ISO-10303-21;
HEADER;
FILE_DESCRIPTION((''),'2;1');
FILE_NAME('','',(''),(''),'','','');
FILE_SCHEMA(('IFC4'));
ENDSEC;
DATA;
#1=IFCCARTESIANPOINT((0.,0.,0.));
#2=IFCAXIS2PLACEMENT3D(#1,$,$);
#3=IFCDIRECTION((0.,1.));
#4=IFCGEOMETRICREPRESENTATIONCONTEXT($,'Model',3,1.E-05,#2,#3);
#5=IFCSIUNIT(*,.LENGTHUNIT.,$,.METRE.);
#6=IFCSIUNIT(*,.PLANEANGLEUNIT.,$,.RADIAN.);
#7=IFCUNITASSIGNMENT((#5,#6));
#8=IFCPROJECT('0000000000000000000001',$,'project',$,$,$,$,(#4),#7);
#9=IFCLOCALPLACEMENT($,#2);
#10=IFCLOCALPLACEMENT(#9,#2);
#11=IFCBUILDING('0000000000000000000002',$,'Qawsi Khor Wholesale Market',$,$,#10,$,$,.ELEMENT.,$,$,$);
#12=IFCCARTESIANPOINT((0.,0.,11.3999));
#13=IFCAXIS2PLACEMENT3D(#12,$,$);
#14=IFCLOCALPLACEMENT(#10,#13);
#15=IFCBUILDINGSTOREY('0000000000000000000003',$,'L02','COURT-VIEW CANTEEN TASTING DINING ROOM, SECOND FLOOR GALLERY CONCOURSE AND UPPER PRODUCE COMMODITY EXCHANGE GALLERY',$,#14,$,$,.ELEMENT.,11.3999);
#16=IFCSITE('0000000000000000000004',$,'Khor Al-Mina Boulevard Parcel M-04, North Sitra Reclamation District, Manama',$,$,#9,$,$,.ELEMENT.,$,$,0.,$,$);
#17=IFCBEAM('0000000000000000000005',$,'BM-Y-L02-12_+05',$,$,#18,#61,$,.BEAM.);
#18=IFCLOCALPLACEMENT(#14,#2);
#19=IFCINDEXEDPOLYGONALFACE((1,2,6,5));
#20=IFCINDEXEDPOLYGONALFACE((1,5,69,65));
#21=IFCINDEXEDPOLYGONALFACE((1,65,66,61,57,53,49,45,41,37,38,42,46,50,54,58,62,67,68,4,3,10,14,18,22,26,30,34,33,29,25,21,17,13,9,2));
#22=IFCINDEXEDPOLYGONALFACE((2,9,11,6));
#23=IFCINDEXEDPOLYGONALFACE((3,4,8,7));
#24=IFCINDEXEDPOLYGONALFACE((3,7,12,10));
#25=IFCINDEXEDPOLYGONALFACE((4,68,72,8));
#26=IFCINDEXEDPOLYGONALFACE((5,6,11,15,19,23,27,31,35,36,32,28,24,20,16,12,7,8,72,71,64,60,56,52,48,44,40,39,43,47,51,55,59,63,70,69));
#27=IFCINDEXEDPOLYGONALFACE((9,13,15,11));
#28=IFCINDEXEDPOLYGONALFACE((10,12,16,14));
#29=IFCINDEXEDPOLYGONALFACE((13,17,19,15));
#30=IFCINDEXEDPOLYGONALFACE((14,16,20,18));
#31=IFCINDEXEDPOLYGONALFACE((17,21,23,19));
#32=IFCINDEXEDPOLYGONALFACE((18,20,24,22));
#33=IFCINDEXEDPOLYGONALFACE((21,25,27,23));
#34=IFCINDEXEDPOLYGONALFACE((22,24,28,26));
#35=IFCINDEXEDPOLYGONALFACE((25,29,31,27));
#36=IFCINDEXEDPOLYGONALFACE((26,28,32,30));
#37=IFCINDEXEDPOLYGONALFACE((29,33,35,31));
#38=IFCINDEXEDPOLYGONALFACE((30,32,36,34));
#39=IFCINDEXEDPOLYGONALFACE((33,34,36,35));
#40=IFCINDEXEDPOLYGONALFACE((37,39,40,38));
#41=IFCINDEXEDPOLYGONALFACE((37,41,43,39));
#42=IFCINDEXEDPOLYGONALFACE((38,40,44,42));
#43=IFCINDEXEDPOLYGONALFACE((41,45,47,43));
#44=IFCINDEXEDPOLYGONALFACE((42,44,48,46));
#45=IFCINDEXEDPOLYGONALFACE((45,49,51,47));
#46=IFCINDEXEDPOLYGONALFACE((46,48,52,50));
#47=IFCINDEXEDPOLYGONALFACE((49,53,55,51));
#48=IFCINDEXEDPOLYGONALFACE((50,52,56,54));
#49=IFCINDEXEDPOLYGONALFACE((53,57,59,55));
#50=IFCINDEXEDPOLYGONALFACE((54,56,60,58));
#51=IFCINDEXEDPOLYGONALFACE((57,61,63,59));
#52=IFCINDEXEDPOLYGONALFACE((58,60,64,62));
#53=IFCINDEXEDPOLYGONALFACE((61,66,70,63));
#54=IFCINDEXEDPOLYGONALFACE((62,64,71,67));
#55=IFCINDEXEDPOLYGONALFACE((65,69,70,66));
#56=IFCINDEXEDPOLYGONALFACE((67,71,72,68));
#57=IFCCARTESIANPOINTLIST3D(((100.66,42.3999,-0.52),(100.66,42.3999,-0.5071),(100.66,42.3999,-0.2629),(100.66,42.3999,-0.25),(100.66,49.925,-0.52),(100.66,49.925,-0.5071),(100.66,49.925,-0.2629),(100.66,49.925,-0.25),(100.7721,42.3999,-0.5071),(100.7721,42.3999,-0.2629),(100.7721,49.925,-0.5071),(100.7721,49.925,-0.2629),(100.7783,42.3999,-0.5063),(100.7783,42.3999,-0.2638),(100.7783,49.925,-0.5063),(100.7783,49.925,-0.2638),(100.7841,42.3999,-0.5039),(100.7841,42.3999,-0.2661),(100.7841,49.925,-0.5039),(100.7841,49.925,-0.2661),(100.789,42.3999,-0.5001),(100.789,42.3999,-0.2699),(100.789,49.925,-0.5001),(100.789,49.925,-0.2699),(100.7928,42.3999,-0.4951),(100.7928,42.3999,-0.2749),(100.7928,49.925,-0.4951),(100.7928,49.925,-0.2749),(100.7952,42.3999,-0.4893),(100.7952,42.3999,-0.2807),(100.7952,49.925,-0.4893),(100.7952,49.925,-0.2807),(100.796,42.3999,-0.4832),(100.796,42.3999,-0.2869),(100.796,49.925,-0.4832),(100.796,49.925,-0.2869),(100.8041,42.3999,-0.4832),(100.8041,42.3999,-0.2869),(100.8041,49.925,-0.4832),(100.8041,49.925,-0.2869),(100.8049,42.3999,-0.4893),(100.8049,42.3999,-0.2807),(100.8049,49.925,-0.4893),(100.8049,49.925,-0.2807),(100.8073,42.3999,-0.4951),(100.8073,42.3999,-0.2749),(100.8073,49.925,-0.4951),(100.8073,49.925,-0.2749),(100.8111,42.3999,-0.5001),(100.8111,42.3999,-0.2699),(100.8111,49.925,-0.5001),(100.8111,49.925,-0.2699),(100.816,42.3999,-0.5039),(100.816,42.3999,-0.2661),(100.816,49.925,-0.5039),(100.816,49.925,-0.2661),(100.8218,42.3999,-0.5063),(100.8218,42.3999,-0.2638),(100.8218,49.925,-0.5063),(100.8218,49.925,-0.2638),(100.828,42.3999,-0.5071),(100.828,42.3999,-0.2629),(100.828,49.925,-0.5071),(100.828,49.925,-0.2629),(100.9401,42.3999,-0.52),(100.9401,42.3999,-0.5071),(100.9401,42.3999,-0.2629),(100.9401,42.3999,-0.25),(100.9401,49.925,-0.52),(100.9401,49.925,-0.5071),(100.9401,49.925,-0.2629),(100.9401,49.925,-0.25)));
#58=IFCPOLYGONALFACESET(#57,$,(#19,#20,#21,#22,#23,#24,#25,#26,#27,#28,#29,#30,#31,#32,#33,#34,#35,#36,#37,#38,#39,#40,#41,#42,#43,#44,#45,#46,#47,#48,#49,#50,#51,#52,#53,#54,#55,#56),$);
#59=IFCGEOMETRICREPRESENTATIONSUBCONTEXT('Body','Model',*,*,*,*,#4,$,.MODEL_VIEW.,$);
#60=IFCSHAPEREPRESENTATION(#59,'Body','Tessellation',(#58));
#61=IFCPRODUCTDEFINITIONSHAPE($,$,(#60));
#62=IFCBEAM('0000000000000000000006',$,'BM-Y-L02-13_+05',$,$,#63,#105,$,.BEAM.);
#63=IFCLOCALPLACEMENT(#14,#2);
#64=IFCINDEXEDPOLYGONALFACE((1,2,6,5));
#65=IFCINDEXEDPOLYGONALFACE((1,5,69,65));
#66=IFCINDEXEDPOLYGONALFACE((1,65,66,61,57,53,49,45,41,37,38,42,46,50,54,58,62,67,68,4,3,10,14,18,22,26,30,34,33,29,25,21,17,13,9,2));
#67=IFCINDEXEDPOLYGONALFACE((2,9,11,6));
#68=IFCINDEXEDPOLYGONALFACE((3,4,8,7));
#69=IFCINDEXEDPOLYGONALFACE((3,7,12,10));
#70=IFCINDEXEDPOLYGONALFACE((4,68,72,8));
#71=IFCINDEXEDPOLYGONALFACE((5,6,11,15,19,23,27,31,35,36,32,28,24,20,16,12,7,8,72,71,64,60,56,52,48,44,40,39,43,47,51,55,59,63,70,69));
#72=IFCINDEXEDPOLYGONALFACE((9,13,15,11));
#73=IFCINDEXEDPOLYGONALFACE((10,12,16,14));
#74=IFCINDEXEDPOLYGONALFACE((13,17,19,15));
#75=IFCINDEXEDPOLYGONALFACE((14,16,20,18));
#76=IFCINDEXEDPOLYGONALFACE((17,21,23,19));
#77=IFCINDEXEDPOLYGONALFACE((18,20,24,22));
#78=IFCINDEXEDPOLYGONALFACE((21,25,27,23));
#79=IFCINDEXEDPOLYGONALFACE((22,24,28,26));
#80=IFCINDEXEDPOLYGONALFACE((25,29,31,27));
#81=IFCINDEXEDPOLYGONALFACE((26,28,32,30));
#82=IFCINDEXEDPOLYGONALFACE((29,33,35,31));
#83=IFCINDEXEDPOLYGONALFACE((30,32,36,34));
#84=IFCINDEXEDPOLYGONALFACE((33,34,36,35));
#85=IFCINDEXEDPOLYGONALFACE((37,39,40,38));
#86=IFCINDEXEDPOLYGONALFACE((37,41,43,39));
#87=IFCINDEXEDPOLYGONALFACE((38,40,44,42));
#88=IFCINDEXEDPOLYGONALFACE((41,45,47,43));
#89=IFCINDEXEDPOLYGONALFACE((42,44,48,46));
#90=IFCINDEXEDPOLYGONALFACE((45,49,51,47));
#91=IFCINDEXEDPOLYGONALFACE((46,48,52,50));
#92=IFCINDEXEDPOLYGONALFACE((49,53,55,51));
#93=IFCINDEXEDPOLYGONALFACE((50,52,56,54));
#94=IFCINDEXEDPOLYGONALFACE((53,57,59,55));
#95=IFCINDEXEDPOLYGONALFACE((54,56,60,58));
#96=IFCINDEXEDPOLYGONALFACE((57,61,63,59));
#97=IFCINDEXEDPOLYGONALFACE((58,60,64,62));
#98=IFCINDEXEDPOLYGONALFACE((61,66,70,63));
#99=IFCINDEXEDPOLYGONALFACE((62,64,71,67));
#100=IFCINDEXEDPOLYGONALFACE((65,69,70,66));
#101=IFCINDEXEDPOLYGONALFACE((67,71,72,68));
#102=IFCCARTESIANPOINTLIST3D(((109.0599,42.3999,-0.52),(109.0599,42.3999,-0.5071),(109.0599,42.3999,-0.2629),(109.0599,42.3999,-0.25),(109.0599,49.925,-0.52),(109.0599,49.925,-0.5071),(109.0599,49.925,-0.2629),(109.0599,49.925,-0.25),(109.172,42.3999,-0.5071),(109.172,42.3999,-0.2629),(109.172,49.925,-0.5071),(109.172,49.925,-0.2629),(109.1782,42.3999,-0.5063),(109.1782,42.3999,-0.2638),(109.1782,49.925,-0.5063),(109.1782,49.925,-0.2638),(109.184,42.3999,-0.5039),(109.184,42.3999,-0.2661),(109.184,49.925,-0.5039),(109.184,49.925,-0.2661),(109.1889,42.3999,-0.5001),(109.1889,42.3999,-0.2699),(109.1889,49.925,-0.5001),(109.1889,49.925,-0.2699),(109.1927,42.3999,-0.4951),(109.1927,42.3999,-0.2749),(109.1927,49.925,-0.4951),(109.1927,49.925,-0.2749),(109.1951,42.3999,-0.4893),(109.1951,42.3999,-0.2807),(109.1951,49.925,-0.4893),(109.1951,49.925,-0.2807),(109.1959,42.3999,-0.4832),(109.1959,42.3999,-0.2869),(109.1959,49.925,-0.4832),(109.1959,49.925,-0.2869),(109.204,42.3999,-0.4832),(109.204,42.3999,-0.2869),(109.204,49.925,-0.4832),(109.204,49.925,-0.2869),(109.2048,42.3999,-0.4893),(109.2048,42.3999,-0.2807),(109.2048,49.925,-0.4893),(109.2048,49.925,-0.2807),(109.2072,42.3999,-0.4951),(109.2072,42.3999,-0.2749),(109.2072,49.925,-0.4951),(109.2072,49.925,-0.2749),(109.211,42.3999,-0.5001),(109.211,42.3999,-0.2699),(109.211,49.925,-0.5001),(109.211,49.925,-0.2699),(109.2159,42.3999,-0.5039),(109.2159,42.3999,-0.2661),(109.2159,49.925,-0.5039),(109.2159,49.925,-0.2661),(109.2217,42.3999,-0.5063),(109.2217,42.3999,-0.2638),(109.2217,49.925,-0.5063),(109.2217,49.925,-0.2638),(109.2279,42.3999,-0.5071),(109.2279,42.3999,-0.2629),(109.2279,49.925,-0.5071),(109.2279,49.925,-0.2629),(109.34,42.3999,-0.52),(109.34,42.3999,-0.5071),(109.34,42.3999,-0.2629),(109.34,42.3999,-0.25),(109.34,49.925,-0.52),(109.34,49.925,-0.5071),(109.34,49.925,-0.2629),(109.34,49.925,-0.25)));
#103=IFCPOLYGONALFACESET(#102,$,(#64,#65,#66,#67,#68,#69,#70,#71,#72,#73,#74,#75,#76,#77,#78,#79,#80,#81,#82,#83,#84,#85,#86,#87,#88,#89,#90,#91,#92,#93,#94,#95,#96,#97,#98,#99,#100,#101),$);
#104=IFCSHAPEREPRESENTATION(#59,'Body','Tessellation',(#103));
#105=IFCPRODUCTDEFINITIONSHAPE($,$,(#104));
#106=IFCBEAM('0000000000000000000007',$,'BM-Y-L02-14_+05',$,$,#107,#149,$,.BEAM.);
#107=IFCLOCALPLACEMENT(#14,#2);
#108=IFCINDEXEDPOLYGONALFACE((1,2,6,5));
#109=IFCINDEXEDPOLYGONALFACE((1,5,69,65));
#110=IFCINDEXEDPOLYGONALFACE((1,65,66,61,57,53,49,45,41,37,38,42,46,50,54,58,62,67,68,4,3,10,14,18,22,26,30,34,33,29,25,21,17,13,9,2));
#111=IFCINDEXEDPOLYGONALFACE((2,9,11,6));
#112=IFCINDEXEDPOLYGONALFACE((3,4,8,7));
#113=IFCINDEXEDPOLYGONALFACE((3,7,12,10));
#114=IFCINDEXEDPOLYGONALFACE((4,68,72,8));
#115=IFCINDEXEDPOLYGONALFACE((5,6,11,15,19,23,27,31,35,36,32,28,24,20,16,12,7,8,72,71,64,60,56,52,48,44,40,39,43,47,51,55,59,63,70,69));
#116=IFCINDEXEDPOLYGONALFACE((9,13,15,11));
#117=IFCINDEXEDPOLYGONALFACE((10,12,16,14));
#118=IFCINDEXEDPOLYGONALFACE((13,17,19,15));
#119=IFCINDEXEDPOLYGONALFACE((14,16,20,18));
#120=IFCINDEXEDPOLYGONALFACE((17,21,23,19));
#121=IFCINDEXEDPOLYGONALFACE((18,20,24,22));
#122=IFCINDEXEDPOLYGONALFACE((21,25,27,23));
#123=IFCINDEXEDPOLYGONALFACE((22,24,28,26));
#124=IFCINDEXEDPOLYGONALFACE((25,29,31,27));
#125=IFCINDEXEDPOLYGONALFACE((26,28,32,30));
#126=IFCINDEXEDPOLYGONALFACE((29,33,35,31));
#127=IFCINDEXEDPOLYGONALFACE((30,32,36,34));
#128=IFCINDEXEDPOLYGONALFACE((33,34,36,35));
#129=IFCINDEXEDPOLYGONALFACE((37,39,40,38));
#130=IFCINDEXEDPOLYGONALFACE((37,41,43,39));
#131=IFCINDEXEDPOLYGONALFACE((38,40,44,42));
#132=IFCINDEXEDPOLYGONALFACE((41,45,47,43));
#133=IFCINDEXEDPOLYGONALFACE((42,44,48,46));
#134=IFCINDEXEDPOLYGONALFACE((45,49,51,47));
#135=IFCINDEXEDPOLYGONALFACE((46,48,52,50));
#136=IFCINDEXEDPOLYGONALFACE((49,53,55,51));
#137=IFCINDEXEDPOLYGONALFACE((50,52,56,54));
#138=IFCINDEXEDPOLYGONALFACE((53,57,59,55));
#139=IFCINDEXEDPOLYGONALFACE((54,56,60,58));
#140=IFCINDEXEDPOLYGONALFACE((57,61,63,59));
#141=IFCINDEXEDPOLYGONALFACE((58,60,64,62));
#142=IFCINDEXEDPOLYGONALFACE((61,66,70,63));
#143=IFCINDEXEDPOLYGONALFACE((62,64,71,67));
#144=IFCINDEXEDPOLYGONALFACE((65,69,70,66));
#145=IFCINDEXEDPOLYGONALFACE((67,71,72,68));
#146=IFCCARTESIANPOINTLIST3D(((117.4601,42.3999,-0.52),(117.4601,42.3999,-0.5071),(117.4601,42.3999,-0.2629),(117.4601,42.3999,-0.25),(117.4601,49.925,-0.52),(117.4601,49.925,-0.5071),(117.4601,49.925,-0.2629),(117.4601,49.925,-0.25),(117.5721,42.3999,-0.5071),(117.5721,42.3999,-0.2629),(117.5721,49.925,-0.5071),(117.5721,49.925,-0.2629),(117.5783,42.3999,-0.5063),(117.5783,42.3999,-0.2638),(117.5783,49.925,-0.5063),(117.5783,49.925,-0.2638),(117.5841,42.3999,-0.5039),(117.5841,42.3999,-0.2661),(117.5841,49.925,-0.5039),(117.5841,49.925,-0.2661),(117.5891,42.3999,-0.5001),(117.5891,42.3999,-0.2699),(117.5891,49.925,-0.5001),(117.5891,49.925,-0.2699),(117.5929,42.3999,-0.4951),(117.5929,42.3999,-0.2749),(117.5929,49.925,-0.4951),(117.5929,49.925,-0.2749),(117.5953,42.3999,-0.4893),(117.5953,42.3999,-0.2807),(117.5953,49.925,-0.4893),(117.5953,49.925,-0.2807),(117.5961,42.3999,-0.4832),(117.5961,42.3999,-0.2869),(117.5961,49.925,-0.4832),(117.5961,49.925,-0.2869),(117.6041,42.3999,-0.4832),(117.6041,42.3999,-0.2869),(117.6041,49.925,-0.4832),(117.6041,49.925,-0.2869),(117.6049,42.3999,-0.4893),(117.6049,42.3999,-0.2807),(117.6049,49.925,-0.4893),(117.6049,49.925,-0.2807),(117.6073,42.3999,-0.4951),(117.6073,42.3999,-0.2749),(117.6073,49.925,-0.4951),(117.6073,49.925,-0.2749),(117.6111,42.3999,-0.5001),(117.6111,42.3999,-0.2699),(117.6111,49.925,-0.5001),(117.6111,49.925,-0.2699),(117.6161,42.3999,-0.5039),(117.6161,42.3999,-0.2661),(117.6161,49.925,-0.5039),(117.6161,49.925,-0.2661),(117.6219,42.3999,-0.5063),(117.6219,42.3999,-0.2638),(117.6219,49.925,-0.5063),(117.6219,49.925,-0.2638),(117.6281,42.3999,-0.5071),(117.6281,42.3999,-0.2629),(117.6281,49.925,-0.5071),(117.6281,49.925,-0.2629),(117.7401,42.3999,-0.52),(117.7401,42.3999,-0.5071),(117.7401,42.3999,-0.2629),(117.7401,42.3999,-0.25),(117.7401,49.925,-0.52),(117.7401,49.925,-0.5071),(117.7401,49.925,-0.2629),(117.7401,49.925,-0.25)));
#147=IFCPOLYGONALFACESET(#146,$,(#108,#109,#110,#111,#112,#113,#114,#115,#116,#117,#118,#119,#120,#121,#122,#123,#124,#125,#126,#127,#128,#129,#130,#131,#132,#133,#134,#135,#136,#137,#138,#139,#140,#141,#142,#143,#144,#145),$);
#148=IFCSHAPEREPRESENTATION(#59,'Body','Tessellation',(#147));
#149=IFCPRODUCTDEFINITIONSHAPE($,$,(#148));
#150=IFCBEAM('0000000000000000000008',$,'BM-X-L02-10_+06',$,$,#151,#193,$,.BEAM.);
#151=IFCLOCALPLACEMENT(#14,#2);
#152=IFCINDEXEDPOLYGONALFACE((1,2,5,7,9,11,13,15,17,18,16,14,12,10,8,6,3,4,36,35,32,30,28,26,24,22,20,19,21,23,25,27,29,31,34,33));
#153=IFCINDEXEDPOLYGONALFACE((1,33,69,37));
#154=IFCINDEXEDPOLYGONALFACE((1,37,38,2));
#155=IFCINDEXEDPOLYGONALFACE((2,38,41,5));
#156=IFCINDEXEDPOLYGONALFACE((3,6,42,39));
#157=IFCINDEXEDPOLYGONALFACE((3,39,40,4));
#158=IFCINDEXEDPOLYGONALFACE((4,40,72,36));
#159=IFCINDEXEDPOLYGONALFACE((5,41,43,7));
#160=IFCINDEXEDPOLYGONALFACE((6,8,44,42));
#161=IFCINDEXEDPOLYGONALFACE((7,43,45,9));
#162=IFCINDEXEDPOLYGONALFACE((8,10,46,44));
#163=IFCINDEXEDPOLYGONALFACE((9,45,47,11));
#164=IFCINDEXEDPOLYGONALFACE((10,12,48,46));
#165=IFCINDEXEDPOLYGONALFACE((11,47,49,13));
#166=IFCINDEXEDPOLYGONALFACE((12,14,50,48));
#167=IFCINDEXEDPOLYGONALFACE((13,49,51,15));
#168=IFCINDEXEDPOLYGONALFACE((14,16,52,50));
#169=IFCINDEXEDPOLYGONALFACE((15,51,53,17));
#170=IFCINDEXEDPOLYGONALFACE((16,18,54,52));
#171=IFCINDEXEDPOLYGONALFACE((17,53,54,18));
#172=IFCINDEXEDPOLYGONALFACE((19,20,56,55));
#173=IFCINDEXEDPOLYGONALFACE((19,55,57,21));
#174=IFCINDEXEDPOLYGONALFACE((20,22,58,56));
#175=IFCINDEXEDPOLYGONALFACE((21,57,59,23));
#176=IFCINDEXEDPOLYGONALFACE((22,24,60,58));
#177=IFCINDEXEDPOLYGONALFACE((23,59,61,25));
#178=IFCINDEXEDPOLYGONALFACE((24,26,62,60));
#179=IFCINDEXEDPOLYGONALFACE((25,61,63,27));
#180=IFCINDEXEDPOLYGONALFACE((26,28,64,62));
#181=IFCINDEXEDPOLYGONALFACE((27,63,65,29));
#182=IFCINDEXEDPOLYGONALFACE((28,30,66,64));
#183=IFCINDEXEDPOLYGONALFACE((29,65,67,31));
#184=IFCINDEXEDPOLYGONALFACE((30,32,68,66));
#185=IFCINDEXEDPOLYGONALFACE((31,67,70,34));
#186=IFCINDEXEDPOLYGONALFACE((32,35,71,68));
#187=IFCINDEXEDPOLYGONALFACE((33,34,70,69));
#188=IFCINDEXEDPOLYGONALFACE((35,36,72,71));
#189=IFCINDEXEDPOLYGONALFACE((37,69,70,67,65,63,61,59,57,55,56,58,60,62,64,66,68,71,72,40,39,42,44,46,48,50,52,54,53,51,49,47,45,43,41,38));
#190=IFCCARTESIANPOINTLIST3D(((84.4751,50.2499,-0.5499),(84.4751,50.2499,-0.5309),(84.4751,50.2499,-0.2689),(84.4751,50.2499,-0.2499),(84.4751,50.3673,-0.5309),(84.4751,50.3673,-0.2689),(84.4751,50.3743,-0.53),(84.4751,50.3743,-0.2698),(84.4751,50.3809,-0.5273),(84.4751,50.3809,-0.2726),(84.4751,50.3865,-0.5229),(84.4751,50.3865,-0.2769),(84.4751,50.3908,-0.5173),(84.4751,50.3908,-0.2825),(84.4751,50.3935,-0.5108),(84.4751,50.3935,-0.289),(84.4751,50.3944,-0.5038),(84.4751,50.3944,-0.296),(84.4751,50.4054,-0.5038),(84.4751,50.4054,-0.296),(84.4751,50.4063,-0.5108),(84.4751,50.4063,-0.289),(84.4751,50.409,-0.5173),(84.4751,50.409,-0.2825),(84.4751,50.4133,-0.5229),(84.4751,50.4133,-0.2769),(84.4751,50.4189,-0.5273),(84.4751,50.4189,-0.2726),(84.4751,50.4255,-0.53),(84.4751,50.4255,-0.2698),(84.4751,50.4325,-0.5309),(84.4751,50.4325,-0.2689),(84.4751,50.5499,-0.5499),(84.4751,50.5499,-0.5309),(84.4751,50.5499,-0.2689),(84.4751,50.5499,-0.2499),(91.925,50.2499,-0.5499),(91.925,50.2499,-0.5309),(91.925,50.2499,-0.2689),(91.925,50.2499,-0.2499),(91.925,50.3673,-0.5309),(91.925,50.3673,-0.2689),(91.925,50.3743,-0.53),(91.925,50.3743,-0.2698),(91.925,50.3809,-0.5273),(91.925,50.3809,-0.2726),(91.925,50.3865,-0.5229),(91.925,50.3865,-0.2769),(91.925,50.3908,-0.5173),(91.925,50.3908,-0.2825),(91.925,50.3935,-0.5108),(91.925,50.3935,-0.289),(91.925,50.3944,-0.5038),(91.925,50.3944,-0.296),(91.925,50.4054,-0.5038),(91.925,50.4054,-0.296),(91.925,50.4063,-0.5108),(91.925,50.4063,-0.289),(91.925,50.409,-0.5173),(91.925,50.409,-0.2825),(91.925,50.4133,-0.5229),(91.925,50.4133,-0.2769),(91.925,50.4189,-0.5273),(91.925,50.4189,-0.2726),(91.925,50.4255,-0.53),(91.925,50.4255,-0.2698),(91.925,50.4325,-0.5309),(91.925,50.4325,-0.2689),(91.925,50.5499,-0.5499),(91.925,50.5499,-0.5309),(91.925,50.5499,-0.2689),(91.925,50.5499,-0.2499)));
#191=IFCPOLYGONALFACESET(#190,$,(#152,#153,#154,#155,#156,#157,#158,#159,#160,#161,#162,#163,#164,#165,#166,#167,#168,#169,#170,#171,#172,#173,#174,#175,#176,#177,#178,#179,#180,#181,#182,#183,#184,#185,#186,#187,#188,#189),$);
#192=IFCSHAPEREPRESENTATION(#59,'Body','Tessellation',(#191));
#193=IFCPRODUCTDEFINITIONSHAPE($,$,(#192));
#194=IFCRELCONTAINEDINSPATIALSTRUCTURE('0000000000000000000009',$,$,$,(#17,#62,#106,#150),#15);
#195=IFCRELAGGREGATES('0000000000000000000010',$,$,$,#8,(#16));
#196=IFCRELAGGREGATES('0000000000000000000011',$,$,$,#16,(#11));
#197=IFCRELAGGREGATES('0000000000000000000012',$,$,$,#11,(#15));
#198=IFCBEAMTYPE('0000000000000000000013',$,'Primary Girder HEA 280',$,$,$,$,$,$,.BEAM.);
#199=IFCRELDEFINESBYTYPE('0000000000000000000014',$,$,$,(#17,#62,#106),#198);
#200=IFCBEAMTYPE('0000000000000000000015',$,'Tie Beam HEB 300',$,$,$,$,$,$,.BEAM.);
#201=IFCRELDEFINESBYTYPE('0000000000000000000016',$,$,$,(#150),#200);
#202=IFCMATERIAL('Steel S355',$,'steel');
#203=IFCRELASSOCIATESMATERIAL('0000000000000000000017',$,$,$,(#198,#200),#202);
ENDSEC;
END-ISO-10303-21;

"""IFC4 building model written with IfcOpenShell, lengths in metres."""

from ifc_helpers import new_model, si_unit, direction, frame, origin, origin_2d, place, context, subcontext, project, spatial, i_section, extrude, material, material_profile, profile_set, type_object, element, save


model = new_model("IFC4")

# Units and contexts
model_context = context("Model", 3, precision=1e-05, world=origin(), true_north=direction((0.0, 1.0)))
body_context = subcontext(model_context, "Body", "Model", "MODEL_VIEW")
ifc_project = project(units=[si_unit("LENGTHUNIT", "METRE"), si_unit("PLANEANGLEUNIT", "RADIAN")], contexts=[model_context])

# Site, building, storey
site_placement = place(None, origin())
site = spatial("IfcSite", under=ifc_project, at=site_placement, Name="Khor Al-Mina Boulevard Parcel M-04, North Sitra Reclamation District, Manama", CompositionType="ELEMENT", RefElevation=0.0)
building_placement = place(site_placement, origin())
building = spatial("IfcBuilding", under=site, at=building_placement, Name="Qawsi Khor Wholesale Market", CompositionType="ELEMENT")
storey_placement = place(building_placement, frame((0.0, 0.0, 11.3999)))
storey = spatial("IfcBuildingStorey", under=building, at=storey_placement, Name="L02", Description="COURT-VIEW CANTEEN TASTING DINING ROOM, SECOND FLOOR GALLERY CONCOURSE AND UPPER PRODUCE COMMODITY EXCHANGE GALLERY", CompositionType="ELEMENT", Elevation=11.3999)

# Beams
ifc_material_1 = material(Name="Steel S355", Category="steel")
ifc_material_profile_1 = material_profile(ifc_material_1, i_section(OverallWidth=0.28, OverallDepth=0.27, WebThickness=0.0081, FlangeThickness=0.0129, FilletRadius=0.0239, at=origin_2d()), Name="HEA 280")
ifc_profile_set_1 = profile_set([ifc_material_profile_1], Name="Steel S355")
beam_type_1 = type_object("IfcBeamType", Name="Primary Girder HEA 280", PredefinedType="BEAM", material=ifc_profile_set_1)
for number, where, z_axis, x_axis, name in (
    (1, (100.8, 42.3999, -0.385), (0.0, 1.0, 0.0), (-1.0, 0.0, 0.0), "BM-Y-L02-12_+05"),
    (2, (109.2, 42.3999, -0.385), (0.0, 1.0, 0.0), (-1.0, 0.0, 0.0), "BM-Y-L02-13_+05"),
    (3, (117.6001, 42.3999, -0.385), (0.0, 1.0, 0.0), (-1.0, 0.0, 0.0), "BM-Y-L02-14_+05"),
):
    element("IfcBeam", number, at=place(storey_placement, frame(where, z_axis=z_axis, x_axis=x_axis)), inside=storey, type_object=beam_type_1, Name=name, PredefinedType="BEAM", context=body_context, shape_type="SweptSolid", body=[
        extrude(i_section(OverallWidth=0.28, OverallDepth=0.27, WebThickness=0.0081, FlangeThickness=0.0129, FilletRadius=0.0239, at=origin_2d()), origin(), (0.0, 0.0, 1.0), 7.5251),
    ])
ifc_material_profile_2 = material_profile(ifc_material_1, i_section(OverallWidth=0.3, OverallDepth=0.3, WebThickness=0.011, FlangeThickness=0.019, FilletRadius=0.0271, at=origin_2d()), Name="HEB 300")
ifc_profile_set_2 = profile_set([ifc_material_profile_2], Name="Steel S355")
beam_type_2 = type_object("IfcBeamType", Name="Tie Beam HEB 300", PredefinedType="BEAM", material=ifc_profile_set_2)
for number, where, z_axis, x_axis, name in (
    (4, (84.4751, 50.3999, -0.3999), (1.0, 0.0, 0.0), (0.0, 1.0, 0.0), "BM-X-L02-10_+06"),
):
    element("IfcBeam", number, at=place(storey_placement, frame(where, z_axis=z_axis, x_axis=x_axis)), inside=storey, type_object=beam_type_2, Name=name, PredefinedType="BEAM", context=body_context, shape_type="SweptSolid", body=[
        extrude(i_section(OverallWidth=0.3, OverallDepth=0.3, WebThickness=0.011, FlangeThickness=0.019, FilletRadius=0.0271, at=origin_2d()), origin(), (0.0, 0.0, 1.0), 7.45),
    ])

save(model, "model.ifc")
